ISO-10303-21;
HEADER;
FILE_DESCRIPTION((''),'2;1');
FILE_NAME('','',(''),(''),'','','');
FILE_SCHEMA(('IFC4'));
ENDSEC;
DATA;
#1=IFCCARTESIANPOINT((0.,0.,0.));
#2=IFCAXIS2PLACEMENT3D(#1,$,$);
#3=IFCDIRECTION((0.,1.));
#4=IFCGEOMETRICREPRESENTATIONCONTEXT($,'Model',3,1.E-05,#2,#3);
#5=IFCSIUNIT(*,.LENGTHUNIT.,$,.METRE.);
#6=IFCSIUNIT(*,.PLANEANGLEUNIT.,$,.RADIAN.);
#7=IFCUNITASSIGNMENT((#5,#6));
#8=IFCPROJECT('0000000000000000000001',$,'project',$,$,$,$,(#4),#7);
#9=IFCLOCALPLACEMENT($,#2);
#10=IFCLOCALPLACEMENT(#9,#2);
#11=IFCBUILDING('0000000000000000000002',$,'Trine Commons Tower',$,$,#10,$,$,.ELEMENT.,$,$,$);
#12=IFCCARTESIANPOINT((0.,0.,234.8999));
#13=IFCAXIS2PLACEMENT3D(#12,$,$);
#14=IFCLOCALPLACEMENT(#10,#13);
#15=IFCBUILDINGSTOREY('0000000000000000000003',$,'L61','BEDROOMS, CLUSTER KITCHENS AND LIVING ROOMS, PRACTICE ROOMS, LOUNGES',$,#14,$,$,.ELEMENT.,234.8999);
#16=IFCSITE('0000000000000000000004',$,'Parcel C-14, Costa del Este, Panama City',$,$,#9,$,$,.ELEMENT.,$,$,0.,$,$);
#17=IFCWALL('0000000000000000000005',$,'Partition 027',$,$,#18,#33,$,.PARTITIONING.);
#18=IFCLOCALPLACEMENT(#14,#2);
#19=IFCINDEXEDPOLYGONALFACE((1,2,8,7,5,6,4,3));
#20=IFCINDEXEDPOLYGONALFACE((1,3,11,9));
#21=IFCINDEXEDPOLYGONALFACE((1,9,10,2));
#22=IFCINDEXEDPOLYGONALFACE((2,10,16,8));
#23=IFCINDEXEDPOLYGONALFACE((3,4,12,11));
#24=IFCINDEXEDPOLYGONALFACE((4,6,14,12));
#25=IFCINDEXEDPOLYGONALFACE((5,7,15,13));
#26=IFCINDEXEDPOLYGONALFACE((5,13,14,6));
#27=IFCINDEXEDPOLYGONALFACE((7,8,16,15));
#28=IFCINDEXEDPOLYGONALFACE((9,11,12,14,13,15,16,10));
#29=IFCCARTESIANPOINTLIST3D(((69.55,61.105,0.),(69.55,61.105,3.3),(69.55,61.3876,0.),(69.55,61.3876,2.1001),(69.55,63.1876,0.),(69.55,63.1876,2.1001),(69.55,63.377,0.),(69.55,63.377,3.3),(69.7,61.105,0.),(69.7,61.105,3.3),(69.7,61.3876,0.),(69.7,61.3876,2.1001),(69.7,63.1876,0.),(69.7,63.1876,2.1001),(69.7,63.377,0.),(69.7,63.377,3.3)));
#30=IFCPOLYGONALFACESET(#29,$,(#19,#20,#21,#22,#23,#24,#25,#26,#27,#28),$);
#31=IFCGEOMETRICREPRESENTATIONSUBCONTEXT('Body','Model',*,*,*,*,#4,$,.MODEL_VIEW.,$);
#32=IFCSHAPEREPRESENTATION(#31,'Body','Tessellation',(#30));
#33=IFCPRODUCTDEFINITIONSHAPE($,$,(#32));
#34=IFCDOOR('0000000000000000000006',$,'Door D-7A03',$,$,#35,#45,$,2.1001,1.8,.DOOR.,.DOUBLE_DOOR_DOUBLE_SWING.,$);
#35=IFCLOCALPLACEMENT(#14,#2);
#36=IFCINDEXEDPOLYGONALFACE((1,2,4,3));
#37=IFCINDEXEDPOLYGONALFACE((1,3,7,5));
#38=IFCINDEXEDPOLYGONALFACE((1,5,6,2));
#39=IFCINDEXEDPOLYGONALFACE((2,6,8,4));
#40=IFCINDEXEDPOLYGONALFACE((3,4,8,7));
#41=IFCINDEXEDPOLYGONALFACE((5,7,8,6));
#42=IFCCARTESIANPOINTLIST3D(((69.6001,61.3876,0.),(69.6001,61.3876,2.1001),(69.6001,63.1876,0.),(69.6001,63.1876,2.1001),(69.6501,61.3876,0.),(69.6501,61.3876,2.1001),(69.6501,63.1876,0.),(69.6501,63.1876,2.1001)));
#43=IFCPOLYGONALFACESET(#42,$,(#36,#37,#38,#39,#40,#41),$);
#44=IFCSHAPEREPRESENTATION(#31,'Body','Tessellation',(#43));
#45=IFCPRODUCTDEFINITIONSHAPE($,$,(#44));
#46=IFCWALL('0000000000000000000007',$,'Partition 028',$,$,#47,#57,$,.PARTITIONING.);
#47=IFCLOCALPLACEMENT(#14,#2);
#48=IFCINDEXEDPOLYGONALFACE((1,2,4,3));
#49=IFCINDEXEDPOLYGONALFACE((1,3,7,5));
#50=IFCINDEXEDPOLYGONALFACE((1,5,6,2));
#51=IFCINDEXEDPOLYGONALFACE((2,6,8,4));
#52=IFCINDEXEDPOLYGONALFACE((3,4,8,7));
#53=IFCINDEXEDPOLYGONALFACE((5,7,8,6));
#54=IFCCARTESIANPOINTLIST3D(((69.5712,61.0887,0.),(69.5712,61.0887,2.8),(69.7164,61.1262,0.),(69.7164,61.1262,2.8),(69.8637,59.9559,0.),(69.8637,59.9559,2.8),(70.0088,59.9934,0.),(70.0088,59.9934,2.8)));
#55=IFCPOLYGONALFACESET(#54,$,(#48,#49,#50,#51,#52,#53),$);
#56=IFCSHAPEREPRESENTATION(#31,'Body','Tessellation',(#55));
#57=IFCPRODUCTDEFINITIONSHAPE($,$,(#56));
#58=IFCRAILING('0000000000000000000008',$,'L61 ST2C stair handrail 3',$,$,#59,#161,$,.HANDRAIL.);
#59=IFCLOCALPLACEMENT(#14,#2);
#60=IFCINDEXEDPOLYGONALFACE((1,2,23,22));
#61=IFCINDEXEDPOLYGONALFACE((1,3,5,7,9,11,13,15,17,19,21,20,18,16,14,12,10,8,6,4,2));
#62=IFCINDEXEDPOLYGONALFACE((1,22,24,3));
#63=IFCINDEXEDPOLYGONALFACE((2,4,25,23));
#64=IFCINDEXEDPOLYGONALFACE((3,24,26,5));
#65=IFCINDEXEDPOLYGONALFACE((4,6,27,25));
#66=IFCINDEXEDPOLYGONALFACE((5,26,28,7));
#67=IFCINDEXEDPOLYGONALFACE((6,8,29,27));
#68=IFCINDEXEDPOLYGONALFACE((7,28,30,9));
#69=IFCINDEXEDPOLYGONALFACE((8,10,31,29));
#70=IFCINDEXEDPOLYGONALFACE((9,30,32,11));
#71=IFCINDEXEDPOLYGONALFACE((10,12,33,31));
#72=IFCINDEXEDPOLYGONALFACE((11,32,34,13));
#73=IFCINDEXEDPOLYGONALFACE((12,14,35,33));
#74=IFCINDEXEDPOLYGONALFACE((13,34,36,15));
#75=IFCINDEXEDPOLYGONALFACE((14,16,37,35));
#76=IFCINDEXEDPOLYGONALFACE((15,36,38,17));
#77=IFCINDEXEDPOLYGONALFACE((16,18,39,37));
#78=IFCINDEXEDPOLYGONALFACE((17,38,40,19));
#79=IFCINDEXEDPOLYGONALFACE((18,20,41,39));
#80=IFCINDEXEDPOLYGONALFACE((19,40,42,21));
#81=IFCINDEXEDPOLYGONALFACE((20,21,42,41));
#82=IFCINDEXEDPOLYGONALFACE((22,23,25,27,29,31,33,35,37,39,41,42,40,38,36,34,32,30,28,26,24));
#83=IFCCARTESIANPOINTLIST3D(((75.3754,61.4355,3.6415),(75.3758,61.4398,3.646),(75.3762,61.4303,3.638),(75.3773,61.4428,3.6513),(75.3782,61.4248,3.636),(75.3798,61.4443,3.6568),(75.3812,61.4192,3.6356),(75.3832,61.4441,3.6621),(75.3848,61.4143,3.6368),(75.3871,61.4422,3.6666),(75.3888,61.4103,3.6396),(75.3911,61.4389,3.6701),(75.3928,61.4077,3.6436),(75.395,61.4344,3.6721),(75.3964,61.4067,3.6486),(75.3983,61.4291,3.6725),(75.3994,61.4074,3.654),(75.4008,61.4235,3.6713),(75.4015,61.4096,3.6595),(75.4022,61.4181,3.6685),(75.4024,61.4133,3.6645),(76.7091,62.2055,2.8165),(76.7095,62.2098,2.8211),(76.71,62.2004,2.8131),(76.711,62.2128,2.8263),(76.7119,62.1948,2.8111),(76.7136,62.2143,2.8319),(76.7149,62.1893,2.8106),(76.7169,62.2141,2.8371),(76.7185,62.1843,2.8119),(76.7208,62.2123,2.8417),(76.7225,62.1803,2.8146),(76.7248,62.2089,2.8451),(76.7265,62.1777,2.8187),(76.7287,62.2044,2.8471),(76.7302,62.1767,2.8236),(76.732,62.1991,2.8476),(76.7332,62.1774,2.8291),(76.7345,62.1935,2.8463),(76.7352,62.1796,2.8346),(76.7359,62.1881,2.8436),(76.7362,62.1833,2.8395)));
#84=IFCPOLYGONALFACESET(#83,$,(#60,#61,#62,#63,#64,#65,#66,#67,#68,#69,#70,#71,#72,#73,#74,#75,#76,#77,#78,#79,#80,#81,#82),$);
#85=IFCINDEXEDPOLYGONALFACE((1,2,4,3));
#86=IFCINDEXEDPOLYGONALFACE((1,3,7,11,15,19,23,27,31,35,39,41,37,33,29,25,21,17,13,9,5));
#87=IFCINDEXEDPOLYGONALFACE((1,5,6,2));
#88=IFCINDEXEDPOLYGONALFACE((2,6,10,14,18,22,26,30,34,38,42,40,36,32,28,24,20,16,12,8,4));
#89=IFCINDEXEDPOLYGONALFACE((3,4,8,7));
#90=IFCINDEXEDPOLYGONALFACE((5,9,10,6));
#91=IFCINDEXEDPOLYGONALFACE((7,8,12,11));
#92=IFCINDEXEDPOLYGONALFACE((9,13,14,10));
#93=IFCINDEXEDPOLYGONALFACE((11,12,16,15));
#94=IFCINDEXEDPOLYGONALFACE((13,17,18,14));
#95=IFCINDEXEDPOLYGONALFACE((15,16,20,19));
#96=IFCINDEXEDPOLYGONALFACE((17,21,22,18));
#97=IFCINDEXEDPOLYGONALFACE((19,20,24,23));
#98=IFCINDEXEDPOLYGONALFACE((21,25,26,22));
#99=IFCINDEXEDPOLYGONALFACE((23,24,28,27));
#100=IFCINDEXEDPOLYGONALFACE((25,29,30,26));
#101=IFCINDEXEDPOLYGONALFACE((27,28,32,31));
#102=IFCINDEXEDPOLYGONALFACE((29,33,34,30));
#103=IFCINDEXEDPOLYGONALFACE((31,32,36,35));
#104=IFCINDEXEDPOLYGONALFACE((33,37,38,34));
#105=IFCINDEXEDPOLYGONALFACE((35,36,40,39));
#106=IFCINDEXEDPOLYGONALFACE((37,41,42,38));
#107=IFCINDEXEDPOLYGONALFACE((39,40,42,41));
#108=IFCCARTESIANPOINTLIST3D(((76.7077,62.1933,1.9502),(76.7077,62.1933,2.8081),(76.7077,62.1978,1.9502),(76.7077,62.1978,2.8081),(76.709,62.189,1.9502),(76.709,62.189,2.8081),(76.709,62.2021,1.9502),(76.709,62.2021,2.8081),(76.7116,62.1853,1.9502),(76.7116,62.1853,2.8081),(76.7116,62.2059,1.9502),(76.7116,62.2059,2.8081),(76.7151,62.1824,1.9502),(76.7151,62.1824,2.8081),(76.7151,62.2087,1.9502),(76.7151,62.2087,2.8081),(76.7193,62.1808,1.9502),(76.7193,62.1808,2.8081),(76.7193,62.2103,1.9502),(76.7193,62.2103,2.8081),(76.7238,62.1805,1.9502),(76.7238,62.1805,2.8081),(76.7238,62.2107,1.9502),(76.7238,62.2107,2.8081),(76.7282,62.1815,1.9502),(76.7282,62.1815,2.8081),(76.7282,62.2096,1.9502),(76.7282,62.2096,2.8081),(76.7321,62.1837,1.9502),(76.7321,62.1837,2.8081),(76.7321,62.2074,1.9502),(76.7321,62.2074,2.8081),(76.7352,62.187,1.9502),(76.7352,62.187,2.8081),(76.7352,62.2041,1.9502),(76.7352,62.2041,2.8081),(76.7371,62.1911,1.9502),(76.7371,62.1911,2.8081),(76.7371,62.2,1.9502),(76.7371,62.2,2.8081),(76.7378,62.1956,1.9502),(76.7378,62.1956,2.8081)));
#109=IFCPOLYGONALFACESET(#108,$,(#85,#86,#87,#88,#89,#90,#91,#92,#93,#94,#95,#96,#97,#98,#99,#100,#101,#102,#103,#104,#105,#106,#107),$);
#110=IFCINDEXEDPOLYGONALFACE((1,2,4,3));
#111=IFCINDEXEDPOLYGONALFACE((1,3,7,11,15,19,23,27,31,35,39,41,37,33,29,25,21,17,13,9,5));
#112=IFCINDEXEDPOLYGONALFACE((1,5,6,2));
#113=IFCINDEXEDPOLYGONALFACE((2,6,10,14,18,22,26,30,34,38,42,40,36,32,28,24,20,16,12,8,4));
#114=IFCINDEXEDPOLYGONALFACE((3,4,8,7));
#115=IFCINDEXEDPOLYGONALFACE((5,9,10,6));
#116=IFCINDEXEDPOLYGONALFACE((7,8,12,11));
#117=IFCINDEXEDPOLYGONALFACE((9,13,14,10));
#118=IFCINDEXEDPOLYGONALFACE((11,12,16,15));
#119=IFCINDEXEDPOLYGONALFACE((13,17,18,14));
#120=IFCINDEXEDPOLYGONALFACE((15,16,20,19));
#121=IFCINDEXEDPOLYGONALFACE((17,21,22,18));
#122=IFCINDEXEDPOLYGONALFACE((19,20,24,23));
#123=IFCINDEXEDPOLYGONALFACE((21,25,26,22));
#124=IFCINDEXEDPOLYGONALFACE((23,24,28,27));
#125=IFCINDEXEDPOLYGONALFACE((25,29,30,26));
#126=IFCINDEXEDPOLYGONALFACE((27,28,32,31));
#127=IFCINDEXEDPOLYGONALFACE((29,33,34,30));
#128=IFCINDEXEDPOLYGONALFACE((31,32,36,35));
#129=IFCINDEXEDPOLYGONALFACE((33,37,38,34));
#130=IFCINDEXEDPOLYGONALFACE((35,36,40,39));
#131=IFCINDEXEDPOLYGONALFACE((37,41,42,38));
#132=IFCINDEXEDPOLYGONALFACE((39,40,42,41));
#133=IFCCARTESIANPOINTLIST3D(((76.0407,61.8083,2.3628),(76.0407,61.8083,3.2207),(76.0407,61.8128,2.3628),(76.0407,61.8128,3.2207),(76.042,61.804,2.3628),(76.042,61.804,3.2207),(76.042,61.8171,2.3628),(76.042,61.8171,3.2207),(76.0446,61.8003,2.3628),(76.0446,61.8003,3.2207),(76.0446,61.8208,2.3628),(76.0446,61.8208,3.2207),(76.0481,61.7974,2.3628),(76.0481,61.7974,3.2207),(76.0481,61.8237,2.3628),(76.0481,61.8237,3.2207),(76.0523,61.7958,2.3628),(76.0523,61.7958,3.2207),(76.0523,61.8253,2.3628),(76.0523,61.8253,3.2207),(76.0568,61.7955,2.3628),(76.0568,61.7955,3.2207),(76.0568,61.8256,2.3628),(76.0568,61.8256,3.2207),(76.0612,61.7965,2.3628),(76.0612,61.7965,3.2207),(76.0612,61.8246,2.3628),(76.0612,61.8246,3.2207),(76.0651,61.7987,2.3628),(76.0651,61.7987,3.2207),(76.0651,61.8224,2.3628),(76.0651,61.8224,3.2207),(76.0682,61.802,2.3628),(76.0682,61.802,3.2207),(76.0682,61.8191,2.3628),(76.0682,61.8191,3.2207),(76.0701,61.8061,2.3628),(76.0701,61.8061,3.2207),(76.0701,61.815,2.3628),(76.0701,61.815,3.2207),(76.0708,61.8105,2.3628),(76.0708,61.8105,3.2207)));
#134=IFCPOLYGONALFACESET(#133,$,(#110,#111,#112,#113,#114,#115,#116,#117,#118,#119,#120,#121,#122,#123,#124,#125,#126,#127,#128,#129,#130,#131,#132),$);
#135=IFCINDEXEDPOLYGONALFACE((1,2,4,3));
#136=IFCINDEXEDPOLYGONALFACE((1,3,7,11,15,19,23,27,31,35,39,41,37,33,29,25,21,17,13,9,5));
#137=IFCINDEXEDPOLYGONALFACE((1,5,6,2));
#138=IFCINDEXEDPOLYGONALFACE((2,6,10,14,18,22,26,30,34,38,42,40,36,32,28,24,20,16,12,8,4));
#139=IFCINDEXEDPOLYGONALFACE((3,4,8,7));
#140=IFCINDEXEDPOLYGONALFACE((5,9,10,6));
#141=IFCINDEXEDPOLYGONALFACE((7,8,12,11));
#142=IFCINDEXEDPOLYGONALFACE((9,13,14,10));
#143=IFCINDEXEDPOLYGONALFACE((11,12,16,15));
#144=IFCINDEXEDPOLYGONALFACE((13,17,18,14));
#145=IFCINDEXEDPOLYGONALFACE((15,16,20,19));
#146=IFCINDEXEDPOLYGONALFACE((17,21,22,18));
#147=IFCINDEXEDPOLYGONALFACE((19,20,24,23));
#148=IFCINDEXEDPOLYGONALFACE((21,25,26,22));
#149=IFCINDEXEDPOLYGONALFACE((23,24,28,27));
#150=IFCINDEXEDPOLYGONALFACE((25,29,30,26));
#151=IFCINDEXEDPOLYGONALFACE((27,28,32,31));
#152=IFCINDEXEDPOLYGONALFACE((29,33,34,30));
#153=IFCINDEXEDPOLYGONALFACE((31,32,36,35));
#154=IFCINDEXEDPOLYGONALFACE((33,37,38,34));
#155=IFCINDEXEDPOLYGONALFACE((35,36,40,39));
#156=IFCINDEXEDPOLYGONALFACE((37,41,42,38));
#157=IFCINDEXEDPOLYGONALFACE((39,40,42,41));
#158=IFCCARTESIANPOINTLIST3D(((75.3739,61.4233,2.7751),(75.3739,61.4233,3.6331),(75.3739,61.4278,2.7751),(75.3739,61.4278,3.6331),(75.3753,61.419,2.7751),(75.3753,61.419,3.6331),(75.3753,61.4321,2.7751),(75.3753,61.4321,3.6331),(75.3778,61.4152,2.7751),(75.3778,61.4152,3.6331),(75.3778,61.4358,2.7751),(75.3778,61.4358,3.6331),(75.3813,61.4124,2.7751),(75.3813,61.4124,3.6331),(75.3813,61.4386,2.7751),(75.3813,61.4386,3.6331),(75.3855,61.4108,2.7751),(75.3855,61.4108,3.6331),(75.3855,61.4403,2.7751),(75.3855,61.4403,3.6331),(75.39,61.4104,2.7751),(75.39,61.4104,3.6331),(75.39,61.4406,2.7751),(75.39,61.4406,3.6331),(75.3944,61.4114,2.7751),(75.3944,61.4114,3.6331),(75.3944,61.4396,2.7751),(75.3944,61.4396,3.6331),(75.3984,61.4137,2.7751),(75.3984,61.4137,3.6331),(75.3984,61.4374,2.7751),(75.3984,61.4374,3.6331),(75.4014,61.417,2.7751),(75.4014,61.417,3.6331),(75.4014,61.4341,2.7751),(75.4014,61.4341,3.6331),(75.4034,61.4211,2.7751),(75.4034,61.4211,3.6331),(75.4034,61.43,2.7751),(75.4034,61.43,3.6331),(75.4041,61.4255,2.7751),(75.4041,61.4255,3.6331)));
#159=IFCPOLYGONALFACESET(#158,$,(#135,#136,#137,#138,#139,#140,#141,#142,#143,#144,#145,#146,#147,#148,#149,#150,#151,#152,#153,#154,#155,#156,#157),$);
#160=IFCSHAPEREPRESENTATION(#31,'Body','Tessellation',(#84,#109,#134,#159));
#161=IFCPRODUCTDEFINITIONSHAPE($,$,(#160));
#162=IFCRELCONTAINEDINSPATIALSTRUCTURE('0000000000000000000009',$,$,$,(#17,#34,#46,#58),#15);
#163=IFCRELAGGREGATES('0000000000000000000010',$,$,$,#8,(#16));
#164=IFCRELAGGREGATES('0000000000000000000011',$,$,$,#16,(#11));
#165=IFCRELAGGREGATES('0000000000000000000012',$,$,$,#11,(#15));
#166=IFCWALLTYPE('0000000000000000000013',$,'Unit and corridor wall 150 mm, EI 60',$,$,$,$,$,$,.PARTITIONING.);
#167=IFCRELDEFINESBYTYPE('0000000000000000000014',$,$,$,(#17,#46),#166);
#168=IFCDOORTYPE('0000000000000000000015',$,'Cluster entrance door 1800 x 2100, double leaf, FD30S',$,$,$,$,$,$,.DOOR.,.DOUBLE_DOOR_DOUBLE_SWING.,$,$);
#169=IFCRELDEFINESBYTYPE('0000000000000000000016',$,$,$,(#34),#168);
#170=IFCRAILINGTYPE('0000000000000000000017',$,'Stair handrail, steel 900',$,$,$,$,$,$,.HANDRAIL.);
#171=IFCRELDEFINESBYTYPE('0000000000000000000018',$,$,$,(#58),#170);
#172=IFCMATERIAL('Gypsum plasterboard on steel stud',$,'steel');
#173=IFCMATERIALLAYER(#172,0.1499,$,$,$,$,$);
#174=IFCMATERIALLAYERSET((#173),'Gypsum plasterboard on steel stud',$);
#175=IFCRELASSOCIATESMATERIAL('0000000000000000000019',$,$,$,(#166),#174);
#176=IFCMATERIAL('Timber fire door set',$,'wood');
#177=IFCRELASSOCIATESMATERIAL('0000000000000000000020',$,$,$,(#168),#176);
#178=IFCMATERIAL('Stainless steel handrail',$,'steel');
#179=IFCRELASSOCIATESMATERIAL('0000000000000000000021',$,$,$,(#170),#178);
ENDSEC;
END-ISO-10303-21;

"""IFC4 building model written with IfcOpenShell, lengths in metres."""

from ifc_helpers import new_model, si_unit, direction, frame, frame_2d, origin, origin_2d, place, context, subcontext, project, spatial, rectangle, circle, extrude, material, layer, layer_set, type_object, element, fill, save


model = new_model("IFC4")

# Units and contexts
model_context = context("Model", 3, precision=1e-05, world=origin(), true_north=direction((0.0, 1.0)))
body_context = subcontext(model_context, "Body", "Model", "MODEL_VIEW")
ifc_project = project(units=[si_unit("LENGTHUNIT", "METRE"), si_unit("PLANEANGLEUNIT", "RADIAN")], contexts=[model_context])

# Site, building, storey
site_placement = place(None, origin())
site = spatial("IfcSite", under=ifc_project, at=site_placement, Name="Parcel C-14, Costa del Este, Panama City", CompositionType="ELEMENT", RefElevation=0.0)
building_placement = place(site_placement, origin())
building = spatial("IfcBuilding", under=site, at=building_placement, Name="Trine Commons Tower", CompositionType="ELEMENT")
storey_placement = place(building_placement, frame((0.0, 0.0, 234.8999)))
storey = spatial("IfcBuildingStorey", under=building, at=storey_placement, Name="L61", Description="BEDROOMS, CLUSTER KITCHENS AND LIVING ROOMS, PRACTICE ROOMS, LOUNGES", CompositionType="ELEMENT", Elevation=234.8999)

# Shared definitions
ifc_material_1 = material(Name="Gypsum plasterboard on steel stud", Category="steel")
ifc_layer_1 = layer(ifc_material_1, 0.1499)
ifc_layer_set_1 = layer_set([ifc_layer_1], Name="Gypsum plasterboard on steel stud")
wall_type_1 = type_object("IfcWallType", Name="Unit and corridor wall 150 mm, EI 60", PredefinedType="PARTITIONING", material=ifc_layer_set_1)

# Wall, opening, door
wall_1_placement = place(storey_placement, frame((69.625, 61.105, 0.0), z_axis=(0.0, 0.0, 1.0), x_axis=(0.0, 1.0, 0.0)))
wall_1 = element("IfcWall", 1, at=wall_1_placement, inside=storey, type_object=wall_type_1, Name="Partition 027", PredefinedType="PARTITIONING", context=body_context, shape_type="SweptSolid", body=[
    extrude(rectangle(XDim=2.272, YDim=0.1499, at=frame_2d((1.136, 0.0))), origin(), (0.0, 0.0, 1.0), 3.3),
])
opening_1_placement = place(wall_1_placement, frame((0.2827, 0.0, 0.0)))
opening_1 = element("IfcOpeningElement", 2, at=opening_1_placement, cuts=wall_1, PredefinedType="OPENING", context=body_context, shape_type="SweptSolid", body=[
    extrude(rectangle(XDim=1.8, YDim=2.1001, at=frame_2d((0.8999, 1.05))), frame((0.0, 0.085, 0.0), z_axis=(0.0, -1.0, 0.0), x_axis=(1.0, 0.0, 0.0)), (0.0, 0.0, 1.0), 0.1699),
])
ifc_material_2 = material(Name="Timber fire door set", Category="wood")
door_type_1 = type_object("IfcDoorType", Name="Cluster entrance door 1800 x 2100, double leaf, FD30S", OperationType="DOUBLE_DOOR_DOUBLE_SWING", PredefinedType="DOOR", material=ifc_material_2)
door_1_placement = place(opening_1_placement, origin())
door_1 = element("IfcDoor", 3, at=door_1_placement, inside=storey, type_object=door_type_1, Name="Door D-7A03", OperationType="DOUBLE_DOOR_DOUBLE_SWING", OverallHeight=2.1001, OverallWidth=1.8, PredefinedType="DOOR", context=body_context, shape_type="SweptSolid", body=[
    extrude(rectangle(XDim=1.8, YDim=2.1001, at=frame_2d((0.8999, 1.05))), frame((0.0, 0.0249, 0.0), z_axis=(0.0, -1.0, 0.0), x_axis=(1.0, 0.0, 0.0)), (0.0, 0.0, 1.0), 0.05),
])
fill(opening_1, door_1)

# Wall
wall_2_placement = place(storey_placement, frame((69.6438, 61.1074, 0.0), z_axis=(0.0, 0.0, 1.0), x_axis=(0.249992, -0.968248, 0.0)))
element("IfcWall", 4, at=wall_2_placement, inside=storey, type_object=wall_type_1, Name="Partition 028", PredefinedType="PARTITIONING", context=body_context, shape_type="SweptSolid", body=[
    extrude(rectangle(XDim=1.1699, YDim=0.1499, at=frame_2d((0.585, 0.0))), origin(), (0.0, 0.0, 1.0), 2.8),
])

# Railing
ifc_material_3 = material(Name="Stainless steel handrail", Category="steel")
railing_type = type_object("IfcRailingType", Name="Stair handrail, steel 900", PredefinedType="HANDRAIL", material=ifc_material_3)
for number, where, name in (
    (5, (76.7227, 62.1956, 1.9502), "L61 ST2C stair handrail 3"),
):
    element("IfcRailing", number, at=place(storey_placement, frame(where)), inside=storey, type_object=railing_type, Name=name, PredefinedType="HANDRAIL", context=body_context, shape_type="SweptSolid", body=[
        extrude(circle(Radius=0.021, at=origin_2d()), frame((0.0, 0.0, 0.8789), z_axis=(-0.763405, -0.440743, 0.472185), x_axis=(0.499992, -0.86603, 0.0)), (0.0, 0.0, 1.0), 1.7471),
        extrude(circle(Radius=0.0151, at=origin_2d()), origin(), (0.0, 0.0, 1.0), 0.8579),
        extrude(circle(Radius=0.0151, at=origin_2d()), frame((-0.667, -0.385, 0.4126)), (0.0, 0.0, 1.0), 0.8579),
        extrude(circle(Radius=0.0151, at=origin_2d()), frame((-1.3337, -0.77, 0.825)), (0.0, 0.0, 1.0), 0.8579),
    ])

save(model, "model.ifc")
